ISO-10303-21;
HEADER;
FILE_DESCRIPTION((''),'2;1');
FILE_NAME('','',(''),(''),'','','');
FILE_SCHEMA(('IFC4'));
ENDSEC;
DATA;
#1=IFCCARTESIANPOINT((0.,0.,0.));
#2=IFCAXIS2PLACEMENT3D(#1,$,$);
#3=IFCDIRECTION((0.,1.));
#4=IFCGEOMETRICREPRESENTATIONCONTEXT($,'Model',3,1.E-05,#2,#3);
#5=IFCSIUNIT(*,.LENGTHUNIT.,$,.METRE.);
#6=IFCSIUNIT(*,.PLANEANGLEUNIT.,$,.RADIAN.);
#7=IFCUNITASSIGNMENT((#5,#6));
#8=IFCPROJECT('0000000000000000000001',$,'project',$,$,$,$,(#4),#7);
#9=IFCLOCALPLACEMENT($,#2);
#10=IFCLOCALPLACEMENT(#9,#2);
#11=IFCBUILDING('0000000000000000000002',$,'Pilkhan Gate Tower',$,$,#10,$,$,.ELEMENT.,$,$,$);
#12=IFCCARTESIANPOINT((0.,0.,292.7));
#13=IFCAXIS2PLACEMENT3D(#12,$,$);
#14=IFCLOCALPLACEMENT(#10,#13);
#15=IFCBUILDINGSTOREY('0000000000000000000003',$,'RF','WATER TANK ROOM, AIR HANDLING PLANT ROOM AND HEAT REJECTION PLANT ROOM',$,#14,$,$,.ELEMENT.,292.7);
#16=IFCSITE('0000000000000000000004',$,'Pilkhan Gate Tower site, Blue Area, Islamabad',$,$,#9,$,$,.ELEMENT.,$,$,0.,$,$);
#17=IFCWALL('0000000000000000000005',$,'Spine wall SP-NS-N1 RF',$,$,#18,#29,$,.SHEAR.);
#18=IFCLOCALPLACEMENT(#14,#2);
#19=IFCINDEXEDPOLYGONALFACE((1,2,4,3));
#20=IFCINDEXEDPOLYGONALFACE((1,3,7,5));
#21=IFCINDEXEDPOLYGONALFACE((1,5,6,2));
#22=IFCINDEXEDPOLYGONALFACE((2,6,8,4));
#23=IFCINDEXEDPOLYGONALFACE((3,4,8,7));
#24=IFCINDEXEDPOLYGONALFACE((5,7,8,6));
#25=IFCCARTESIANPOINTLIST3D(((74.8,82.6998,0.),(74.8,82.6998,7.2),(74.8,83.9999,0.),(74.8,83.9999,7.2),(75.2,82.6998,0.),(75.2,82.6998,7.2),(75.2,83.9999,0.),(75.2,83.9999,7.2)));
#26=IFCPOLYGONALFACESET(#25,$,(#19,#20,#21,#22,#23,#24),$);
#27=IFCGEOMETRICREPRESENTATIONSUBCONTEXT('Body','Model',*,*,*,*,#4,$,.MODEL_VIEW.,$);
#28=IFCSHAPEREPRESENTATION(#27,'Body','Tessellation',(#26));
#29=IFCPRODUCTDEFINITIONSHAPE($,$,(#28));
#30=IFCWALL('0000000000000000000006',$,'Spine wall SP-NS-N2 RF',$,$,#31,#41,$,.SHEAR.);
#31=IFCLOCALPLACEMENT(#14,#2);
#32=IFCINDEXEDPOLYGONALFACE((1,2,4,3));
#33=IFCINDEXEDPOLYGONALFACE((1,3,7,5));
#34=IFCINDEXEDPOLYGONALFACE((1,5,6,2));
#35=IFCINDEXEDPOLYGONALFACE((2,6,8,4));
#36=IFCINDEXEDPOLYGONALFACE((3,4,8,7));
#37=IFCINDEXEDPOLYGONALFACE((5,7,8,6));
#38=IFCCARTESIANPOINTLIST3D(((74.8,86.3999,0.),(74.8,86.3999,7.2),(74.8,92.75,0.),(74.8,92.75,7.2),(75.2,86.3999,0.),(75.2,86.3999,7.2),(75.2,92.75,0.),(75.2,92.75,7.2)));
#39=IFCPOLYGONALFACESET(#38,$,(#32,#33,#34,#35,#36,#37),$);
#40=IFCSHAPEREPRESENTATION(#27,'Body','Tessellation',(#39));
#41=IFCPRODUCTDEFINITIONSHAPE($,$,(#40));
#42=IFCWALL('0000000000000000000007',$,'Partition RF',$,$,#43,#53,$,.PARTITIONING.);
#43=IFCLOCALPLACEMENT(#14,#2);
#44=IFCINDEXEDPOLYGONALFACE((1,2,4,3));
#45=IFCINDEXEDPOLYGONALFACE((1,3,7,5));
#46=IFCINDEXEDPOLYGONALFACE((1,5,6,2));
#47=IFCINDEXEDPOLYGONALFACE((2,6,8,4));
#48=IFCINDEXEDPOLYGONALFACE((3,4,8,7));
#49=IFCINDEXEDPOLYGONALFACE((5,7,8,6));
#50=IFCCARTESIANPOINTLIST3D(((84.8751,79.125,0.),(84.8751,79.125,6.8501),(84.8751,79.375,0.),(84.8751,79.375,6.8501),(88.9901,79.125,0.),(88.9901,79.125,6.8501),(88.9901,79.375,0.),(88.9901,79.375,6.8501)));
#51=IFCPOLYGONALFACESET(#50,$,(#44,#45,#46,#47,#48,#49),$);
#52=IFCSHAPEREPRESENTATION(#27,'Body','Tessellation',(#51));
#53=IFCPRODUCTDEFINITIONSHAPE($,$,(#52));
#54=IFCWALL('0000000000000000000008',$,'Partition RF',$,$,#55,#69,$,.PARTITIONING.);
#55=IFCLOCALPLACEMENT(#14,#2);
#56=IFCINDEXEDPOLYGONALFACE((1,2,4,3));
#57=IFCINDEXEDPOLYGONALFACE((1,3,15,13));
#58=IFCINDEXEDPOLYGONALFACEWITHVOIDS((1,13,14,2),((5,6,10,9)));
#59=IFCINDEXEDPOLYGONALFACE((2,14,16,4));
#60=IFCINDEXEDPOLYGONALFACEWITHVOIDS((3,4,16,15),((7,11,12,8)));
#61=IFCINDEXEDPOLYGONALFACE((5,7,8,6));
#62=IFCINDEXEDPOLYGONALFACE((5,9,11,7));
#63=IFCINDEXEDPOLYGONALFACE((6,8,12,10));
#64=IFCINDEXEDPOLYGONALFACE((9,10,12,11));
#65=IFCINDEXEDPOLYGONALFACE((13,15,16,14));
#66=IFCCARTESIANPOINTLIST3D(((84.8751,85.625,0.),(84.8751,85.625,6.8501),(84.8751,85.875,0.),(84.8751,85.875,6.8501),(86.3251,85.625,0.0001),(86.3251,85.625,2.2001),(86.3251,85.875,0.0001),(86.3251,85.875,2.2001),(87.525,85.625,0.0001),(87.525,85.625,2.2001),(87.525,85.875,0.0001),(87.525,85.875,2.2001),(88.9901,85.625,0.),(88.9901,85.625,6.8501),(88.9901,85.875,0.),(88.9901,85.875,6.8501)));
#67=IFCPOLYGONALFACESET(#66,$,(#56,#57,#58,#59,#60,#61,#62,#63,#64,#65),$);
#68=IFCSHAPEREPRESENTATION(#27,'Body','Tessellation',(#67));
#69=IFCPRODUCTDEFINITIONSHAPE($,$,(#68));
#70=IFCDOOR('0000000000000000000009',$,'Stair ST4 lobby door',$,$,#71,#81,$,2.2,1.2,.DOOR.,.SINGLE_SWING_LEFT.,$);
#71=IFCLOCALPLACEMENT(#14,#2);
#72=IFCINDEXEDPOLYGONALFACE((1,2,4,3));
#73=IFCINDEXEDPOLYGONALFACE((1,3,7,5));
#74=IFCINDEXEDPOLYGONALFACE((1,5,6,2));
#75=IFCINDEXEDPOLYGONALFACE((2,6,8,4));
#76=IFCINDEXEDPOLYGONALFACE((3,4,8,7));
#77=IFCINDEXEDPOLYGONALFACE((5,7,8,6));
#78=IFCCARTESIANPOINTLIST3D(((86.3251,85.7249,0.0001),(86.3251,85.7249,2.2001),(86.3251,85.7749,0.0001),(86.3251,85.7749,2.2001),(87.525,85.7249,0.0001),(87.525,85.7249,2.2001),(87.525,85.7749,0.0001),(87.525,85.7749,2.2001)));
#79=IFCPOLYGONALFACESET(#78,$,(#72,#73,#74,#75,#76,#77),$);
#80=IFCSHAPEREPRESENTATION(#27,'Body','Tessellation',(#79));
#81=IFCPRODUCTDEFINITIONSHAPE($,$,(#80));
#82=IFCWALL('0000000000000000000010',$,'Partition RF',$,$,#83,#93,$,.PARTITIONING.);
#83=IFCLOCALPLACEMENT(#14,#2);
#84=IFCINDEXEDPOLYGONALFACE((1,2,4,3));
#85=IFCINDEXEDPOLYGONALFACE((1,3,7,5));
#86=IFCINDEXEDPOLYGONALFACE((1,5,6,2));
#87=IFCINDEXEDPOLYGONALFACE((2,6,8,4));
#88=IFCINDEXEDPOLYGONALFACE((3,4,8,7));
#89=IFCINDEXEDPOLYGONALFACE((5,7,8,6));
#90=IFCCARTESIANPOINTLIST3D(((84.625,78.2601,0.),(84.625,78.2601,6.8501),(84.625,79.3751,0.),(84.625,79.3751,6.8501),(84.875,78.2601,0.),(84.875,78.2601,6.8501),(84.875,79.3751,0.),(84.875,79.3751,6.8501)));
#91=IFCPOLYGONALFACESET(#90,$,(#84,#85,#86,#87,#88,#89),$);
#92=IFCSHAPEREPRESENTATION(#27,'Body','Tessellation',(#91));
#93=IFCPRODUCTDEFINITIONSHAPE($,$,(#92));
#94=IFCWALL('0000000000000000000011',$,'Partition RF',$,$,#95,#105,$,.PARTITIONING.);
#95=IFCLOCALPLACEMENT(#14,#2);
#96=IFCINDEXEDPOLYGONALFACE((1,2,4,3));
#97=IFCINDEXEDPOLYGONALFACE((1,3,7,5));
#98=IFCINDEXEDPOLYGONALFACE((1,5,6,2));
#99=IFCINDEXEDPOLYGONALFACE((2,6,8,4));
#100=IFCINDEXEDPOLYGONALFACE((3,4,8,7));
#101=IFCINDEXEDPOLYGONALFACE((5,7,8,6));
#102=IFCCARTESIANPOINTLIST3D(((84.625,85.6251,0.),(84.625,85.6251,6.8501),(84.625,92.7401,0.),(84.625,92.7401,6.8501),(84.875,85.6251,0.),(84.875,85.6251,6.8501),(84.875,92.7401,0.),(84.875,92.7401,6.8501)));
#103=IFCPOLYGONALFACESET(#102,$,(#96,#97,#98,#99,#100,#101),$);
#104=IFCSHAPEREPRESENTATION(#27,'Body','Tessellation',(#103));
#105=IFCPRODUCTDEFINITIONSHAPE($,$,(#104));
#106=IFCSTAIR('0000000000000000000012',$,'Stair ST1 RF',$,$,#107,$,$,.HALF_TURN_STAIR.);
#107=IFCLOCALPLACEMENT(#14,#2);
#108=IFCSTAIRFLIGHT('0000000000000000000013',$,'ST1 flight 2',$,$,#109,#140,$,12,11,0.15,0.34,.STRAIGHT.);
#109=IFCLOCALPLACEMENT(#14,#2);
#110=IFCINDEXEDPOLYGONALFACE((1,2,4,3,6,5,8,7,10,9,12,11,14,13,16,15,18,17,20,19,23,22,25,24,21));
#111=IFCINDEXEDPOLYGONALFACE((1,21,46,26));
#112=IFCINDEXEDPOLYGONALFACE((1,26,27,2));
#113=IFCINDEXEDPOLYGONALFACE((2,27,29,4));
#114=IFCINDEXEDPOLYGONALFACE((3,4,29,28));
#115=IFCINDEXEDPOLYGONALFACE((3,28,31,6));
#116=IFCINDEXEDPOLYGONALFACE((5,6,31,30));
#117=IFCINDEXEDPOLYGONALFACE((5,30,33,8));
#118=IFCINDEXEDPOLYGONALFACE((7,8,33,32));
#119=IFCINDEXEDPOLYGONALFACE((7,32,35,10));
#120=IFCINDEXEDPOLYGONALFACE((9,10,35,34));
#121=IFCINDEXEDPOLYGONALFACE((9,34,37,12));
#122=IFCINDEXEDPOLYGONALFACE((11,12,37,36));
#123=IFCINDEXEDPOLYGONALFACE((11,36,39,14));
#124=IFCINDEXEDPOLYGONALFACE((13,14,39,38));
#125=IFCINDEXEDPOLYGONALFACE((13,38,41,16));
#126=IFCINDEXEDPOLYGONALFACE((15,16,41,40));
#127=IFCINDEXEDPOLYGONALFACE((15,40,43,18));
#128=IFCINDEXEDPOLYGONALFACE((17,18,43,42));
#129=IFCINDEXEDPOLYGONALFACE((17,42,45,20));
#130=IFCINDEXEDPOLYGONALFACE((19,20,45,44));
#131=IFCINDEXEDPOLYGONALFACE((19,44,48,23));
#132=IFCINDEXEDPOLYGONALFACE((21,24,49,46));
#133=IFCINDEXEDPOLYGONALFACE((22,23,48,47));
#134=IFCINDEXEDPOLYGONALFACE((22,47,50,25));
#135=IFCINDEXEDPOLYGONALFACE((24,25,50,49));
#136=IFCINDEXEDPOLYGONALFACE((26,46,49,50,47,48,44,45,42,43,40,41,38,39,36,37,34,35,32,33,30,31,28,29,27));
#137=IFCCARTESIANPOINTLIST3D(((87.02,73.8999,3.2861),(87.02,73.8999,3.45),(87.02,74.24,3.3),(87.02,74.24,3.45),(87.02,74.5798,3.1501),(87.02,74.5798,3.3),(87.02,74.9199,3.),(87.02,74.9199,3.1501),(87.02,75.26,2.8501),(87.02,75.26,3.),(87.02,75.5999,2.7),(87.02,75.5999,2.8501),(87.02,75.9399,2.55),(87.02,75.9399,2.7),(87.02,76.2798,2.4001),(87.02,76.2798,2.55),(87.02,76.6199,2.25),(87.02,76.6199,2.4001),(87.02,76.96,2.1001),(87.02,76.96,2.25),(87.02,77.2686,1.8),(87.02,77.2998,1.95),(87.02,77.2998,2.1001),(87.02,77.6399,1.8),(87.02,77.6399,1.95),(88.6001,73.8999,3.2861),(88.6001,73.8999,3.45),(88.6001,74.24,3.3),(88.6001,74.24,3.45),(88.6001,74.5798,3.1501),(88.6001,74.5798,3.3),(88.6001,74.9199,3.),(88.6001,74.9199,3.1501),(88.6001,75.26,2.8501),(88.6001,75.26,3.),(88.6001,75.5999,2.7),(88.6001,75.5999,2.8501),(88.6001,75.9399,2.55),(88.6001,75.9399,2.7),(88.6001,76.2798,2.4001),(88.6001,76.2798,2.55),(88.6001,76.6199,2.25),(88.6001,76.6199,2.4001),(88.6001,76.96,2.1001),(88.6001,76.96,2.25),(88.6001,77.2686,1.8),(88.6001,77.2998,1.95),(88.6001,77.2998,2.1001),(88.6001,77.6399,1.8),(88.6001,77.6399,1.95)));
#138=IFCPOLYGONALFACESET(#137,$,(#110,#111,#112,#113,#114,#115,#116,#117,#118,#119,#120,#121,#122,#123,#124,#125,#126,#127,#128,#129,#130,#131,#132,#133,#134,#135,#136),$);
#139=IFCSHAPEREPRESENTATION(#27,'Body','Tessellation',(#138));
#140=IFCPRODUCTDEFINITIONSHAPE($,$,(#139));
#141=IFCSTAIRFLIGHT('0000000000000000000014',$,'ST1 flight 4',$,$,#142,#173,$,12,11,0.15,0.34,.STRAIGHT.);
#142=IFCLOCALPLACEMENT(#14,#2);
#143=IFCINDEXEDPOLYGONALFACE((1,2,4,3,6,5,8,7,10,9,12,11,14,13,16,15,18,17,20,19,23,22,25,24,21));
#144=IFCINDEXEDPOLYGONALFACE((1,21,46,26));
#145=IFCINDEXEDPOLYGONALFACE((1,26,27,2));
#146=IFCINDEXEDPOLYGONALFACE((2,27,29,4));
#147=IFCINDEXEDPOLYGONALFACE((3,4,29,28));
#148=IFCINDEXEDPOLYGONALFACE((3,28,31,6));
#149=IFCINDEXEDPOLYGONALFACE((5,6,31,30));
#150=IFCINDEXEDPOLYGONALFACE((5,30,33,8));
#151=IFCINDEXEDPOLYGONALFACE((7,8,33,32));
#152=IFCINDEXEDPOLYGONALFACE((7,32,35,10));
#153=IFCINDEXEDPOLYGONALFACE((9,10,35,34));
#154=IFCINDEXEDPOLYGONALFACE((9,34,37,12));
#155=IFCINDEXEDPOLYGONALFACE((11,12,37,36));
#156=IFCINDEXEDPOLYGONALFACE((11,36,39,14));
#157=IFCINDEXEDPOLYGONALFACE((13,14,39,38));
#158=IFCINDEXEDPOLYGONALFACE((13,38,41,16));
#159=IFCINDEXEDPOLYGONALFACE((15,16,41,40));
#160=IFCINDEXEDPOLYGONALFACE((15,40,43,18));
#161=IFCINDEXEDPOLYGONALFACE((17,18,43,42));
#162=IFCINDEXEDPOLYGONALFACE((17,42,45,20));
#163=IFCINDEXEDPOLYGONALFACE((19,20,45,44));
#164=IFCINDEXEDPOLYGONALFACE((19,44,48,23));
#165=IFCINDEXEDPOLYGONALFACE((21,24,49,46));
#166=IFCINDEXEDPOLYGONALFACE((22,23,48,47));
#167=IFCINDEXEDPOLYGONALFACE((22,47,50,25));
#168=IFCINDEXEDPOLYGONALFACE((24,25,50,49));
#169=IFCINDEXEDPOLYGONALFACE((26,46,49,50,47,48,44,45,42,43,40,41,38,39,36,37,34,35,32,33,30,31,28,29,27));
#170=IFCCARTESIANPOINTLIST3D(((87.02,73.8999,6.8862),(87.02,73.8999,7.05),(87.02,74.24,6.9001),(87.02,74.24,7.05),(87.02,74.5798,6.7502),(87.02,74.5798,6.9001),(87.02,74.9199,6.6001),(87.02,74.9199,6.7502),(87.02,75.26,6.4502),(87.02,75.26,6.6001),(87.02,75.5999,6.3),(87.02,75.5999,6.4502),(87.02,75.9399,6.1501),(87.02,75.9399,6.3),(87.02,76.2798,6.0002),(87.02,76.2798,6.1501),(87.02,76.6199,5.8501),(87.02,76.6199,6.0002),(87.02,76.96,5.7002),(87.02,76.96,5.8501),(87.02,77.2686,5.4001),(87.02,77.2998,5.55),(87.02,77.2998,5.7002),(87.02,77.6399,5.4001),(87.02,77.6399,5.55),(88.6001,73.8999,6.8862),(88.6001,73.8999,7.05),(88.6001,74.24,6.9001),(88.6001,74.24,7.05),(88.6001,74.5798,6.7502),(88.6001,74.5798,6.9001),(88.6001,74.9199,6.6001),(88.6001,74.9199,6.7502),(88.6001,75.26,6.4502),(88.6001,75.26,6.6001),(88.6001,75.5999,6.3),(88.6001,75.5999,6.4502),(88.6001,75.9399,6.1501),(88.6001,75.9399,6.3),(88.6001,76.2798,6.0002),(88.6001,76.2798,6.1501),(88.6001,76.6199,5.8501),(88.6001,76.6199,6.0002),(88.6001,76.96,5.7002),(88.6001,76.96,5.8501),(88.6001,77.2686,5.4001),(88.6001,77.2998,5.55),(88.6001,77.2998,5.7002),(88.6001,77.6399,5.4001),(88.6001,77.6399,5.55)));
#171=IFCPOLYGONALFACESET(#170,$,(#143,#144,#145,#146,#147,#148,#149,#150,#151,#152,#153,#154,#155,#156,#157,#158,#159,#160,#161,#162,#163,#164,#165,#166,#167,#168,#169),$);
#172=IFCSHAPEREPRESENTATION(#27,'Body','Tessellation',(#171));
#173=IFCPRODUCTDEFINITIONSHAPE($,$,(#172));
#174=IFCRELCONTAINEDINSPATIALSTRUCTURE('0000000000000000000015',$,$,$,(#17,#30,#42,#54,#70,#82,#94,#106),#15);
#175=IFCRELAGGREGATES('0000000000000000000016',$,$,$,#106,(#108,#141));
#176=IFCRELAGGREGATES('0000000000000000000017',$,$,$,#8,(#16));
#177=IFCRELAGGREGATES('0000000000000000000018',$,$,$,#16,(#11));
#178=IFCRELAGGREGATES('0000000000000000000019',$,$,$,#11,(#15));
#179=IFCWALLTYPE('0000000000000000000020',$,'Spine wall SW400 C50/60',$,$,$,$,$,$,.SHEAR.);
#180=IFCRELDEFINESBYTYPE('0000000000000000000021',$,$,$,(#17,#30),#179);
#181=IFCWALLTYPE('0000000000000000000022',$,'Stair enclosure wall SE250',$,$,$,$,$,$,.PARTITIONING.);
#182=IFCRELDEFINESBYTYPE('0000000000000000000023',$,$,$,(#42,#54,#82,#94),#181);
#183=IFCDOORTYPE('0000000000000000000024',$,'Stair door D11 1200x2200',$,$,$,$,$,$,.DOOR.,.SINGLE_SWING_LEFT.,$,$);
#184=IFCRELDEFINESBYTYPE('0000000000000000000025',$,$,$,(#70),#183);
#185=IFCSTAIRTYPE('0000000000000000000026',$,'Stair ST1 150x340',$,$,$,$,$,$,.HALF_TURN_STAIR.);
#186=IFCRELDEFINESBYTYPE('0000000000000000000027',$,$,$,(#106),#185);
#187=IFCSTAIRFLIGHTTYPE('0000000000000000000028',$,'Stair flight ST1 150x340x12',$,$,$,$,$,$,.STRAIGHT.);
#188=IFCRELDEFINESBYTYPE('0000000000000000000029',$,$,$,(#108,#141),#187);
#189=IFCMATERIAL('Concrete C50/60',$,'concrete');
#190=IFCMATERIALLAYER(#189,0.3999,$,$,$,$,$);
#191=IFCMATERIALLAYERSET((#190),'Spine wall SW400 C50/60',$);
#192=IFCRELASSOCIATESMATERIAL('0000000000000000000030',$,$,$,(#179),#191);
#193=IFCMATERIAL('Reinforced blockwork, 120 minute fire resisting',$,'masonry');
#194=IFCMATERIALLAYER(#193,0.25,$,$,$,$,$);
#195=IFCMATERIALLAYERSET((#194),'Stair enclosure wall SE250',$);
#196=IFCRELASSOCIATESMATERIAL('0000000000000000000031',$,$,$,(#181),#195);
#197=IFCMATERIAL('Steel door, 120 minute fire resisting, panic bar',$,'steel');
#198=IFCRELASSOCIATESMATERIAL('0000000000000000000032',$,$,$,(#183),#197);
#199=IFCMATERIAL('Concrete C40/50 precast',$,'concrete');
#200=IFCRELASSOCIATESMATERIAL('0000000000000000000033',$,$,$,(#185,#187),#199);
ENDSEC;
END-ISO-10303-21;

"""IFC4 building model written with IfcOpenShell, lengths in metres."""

from ifc_helpers import new_model, si_unit, direction, frame, frame_2d, origin, place, context, subcontext, project, spatial, polyline, rectangle, outline, extrude, material, layer, layer_set, type_object, element, fill, aggregate, save


model = new_model("IFC4")

# Units and contexts
model_context = context("Model", 3, precision=1e-05, world=origin(), true_north=direction((0.0, 1.0)))
body_context = subcontext(model_context, "Body", "Model", "MODEL_VIEW")
ifc_project = project(units=[si_unit("LENGTHUNIT", "METRE"), si_unit("PLANEANGLEUNIT", "RADIAN")], contexts=[model_context])

# Site, building, storey
site_placement = place(None, origin())
site = spatial("IfcSite", under=ifc_project, at=site_placement, Name="Pilkhan Gate Tower site, Blue Area, Islamabad", CompositionType="ELEMENT", RefElevation=0.0)
building_placement = place(site_placement, origin())
building = spatial("IfcBuilding", under=site, at=building_placement, Name="Pilkhan Gate Tower", CompositionType="ELEMENT")
storey_placement = place(building_placement, frame((0.0, 0.0, 292.7)))
storey = spatial("IfcBuildingStorey", under=building, at=storey_placement, Name="RF", Description="WATER TANK ROOM, AIR HANDLING PLANT ROOM AND HEAT REJECTION PLANT ROOM", CompositionType="ELEMENT", Elevation=292.7)

# Shared definitions
ifc_material_1 = material(Name="Concrete C50/60", Category="concrete")

# Shared definitions
ifc_material_2 = material(Name="Reinforced blockwork, 120 minute fire resisting", Category="masonry")

# Walls
ifc_layer_1 = layer(ifc_material_1, 0.3999)
ifc_layer_set_1 = layer_set([ifc_layer_1], Name="Spine wall SW400 C50/60")
wall_type_1 = type_object("IfcWallType", Name="Spine wall SW400 C50/60", PredefinedType="SHEAR", material=ifc_layer_set_1)
for number, where, z_axis, x_axis, name in (
    (1, (75.0, 82.7, 0.0), (0.0, 0.0, 1.0), (0.0, 1.0, 0.0), "Spine wall SP-NS-N1 RF"),
):
    element("IfcWall", number, at=place(storey_placement, frame(where, z_axis=z_axis, x_axis=x_axis)), inside=storey, type_object=wall_type_1, Name=name, PredefinedType="SHEAR", context=body_context, shape_type="SweptSolid", body=[
        extrude(rectangle(XDim=1.3, YDim=0.3999, at=frame_2d((0.6499, 0.0))), origin(), (0.0, 0.0, 1.0), 7.2),
    ])
wall_1_placement = place(storey_placement, frame((75.0, 86.3999, 0.0), z_axis=(0.0, 0.0, 1.0), x_axis=(0.0, 1.0, 0.0)))
element("IfcWall", 2, at=wall_1_placement, inside=storey, type_object=wall_type_1, Name="Spine wall SP-NS-N2 RF", PredefinedType="SHEAR", context=body_context, shape_type="SweptSolid", body=[
    extrude(rectangle(XDim=6.3501, YDim=0.3999, at=frame_2d((3.175, 0.0))), origin(), (0.0, 0.0, 1.0), 7.2),
])
ifc_layer_2 = layer(ifc_material_2, 0.25)
ifc_layer_set_2 = layer_set([ifc_layer_2], Name="Stair enclosure wall SE250")
wall_type_2 = type_object("IfcWallType", Name="Stair enclosure wall SE250", PredefinedType="PARTITIONING", material=ifc_layer_set_2)
wall_2_placement = place(storey_placement, frame((84.875, 79.25, 0.0), z_axis=(0.0, 0.0, 1.0), x_axis=(1.0, 0.0, 0.0)))
element("IfcWall", 3, at=wall_2_placement, inside=storey, type_object=wall_type_2, Name="Partition RF", PredefinedType="PARTITIONING", context=body_context, shape_type="SweptSolid", body=[
    extrude(rectangle(XDim=4.115, YDim=0.25, at=frame_2d((2.0576, 0.0))), origin(), (0.0, 0.0, 1.0), 6.8501),
])

# Wall, opening, door
wall_3_placement = place(storey_placement, frame((84.875, 85.75, 0.0), z_axis=(0.0, 0.0, 1.0), x_axis=(1.0, 0.0, 0.0)))
wall_3 = element("IfcWall", 4, at=wall_3_placement, inside=storey, type_object=wall_type_2, Name="Partition RF", PredefinedType="PARTITIONING", context=body_context, shape_type="SweptSolid", body=[
    extrude(rectangle(XDim=4.115, YDim=0.25, at=frame_2d((2.0576, 0.0))), origin(), (0.0, 0.0, 1.0), 6.8501),
])
opening_1_placement = place(wall_3_placement, frame((1.45, 0.0, 0.0)))
opening_1 = element("IfcOpeningElement", 5, at=opening_1_placement, cuts=wall_3, PredefinedType="OPENING", context=body_context, shape_type="SweptSolid", body=[
    extrude(rectangle(XDim=1.2, YDim=2.2, at=frame_2d((0.6001, 1.1001))), frame((0.0, 0.135, 0.0), z_axis=(0.0, -1.0, 0.0), x_axis=(1.0, 0.0, 0.0)), (0.0, 0.0, 1.0), 0.27),
])
ifc_material_3 = material(Name="Steel door, 120 minute fire resisting, panic bar", Category="steel")
door_type_1 = type_object("IfcDoorType", Name="Stair door D11 1200x2200", OperationType="SINGLE_SWING_LEFT", PredefinedType="DOOR", material=ifc_material_3)
door_1_placement = place(opening_1_placement, origin())
door_1 = element("IfcDoor", 6, at=door_1_placement, inside=storey, type_object=door_type_1, Name="Stair ST4 lobby door", OperationType="SINGLE_SWING_LEFT", OverallHeight=2.2, OverallWidth=1.2, PredefinedType="DOOR", context=body_context, shape_type="SweptSolid", body=[
    extrude(rectangle(XDim=1.2, YDim=2.2, at=frame_2d((0.6001, 1.1001))), frame((0.0, 0.0249, 0.0), z_axis=(0.0, -1.0, 0.0), x_axis=(1.0, 0.0, 0.0)), (0.0, 0.0, 1.0), 0.05),
])
fill(opening_1, door_1)

# Walls
wall_4_placement = place(storey_placement, frame((84.75, 78.26, 0.0), z_axis=(0.0, 0.0, 1.0), x_axis=(0.0, 1.0, 0.0)))
element("IfcWall", 7, at=wall_4_placement, inside=storey, type_object=wall_type_2, Name="Partition RF", PredefinedType="PARTITIONING", context=body_context, shape_type="SweptSolid", body=[
    extrude(rectangle(XDim=1.115, YDim=0.25, at=frame_2d((0.5576, 0.0))), origin(), (0.0, 0.0, 1.0), 6.8501),
])
wall_5_placement = place(storey_placement, frame((84.75, 85.625, 0.0), z_axis=(0.0, 0.0, 1.0), x_axis=(0.0, 1.0, 0.0)))
element("IfcWall", 8, at=wall_5_placement, inside=storey, type_object=wall_type_2, Name="Partition RF", PredefinedType="PARTITIONING", context=body_context, shape_type="SweptSolid", body=[
    extrude(rectangle(XDim=7.115, YDim=0.25, at=frame_2d((3.5576, 0.0))), origin(), (0.0, 0.0, 1.0), 6.8501),
])

# Stair, stair flights
ifc_material_4 = material(Name="Concrete C40/50 precast", Category="concrete")
stair_type = type_object("IfcStairType", Name="Stair ST1 150x340", PredefinedType="HALF_TURN_STAIR", material=ifc_material_4)
stair_placement = place(storey_placement, origin())
stair = element("IfcStair", 9, at=stair_placement, inside=storey, type_object=stair_type, Name="Stair ST1 RF", PredefinedType="HALF_TURN_STAIR")
stair_flight_type = type_object("IfcStairFlightType", Name="Stair flight ST1 150x340x12", PredefinedType="STRAIGHT", material=ifc_material_4)
stair_flight_1_placement = place(storey_placement, frame((87.8101, 77.6399, 1.8), z_axis=(0.0, 0.0, 1.0), x_axis=(0.0, -1.0, 0.0)))
stair_flight_1 = element("IfcStairFlight", 10, at=stair_flight_1_placement, type_object=stair_flight_type, Name="ST1 flight 2", NumberOfRisers=12, NumberOfTreads=11, PredefinedType="STRAIGHT", RiserHeight=0.15, TreadLength=0.34, context=body_context, shape_type="SweptSolid", body=[
    extrude(outline(polyline([(0.0, 0.0), (0.0, 0.1499), (0.3401, 0.1499), (0.3401, 0.3), (0.6799, 0.3), (0.6799, 0.45), (1.02, 0.45), (1.02, 0.6001), (1.3601, 0.6001), (1.3601, 0.75), (1.7, 0.75), (1.7, 0.8999), (2.04, 0.8999), (2.04, 1.05), (2.3799, 1.05), (2.3799, 1.2), (2.72, 1.2), (2.72, 1.3501), (3.0601, 1.3501), (3.0601, 1.5), (3.3999, 1.5), (3.3999, 1.6499), (3.74, 1.6499), (3.74, 1.8), (3.74, 1.4861), (0.3713, 0.0), (0.0, 0.0)])), frame((0.0, 0.79, 0.0), z_axis=(0.0, -1.0, 0.0), x_axis=(1.0, 0.0, 0.0)), (0.0, 0.0, 1.0), 1.5801),
])
stair_flight_2_placement = place(storey_placement, frame((87.8101, 77.6399, 5.4001), z_axis=(0.0, 0.0, 1.0), x_axis=(0.0, -1.0, 0.0)))
stair_flight_2 = element("IfcStairFlight", 11, at=stair_flight_2_placement, type_object=stair_flight_type, Name="ST1 flight 4", NumberOfRisers=12, NumberOfTreads=11, PredefinedType="STRAIGHT", RiserHeight=0.15, TreadLength=0.34, context=body_context, shape_type="SweptSolid", body=[
    extrude(outline(polyline([(0.0, 0.0), (0.0, 0.1499), (0.3401, 0.1499), (0.3401, 0.3), (0.6799, 0.3), (0.6799, 0.45), (1.02, 0.45), (1.02, 0.6001), (1.3601, 0.6001), (1.3601, 0.75), (1.7, 0.75), (1.7, 0.8999), (2.04, 0.8999), (2.04, 1.05), (2.3799, 1.05), (2.3799, 1.2), (2.72, 1.2), (2.72, 1.3501), (3.0601, 1.3501), (3.0601, 1.5), (3.3999, 1.5), (3.3999, 1.6499), (3.74, 1.6499), (3.74, 1.8), (3.74, 1.4861), (0.3713, 0.0), (0.0, 0.0)])), frame((0.0, 0.79, 0.0), z_axis=(0.0, -1.0, 0.0), x_axis=(1.0, 0.0, 0.0)), (0.0, 0.0, 1.0), 1.5801),
])
aggregate(stair, [stair_flight_1, stair_flight_2])

save(model, "model.ifc")
